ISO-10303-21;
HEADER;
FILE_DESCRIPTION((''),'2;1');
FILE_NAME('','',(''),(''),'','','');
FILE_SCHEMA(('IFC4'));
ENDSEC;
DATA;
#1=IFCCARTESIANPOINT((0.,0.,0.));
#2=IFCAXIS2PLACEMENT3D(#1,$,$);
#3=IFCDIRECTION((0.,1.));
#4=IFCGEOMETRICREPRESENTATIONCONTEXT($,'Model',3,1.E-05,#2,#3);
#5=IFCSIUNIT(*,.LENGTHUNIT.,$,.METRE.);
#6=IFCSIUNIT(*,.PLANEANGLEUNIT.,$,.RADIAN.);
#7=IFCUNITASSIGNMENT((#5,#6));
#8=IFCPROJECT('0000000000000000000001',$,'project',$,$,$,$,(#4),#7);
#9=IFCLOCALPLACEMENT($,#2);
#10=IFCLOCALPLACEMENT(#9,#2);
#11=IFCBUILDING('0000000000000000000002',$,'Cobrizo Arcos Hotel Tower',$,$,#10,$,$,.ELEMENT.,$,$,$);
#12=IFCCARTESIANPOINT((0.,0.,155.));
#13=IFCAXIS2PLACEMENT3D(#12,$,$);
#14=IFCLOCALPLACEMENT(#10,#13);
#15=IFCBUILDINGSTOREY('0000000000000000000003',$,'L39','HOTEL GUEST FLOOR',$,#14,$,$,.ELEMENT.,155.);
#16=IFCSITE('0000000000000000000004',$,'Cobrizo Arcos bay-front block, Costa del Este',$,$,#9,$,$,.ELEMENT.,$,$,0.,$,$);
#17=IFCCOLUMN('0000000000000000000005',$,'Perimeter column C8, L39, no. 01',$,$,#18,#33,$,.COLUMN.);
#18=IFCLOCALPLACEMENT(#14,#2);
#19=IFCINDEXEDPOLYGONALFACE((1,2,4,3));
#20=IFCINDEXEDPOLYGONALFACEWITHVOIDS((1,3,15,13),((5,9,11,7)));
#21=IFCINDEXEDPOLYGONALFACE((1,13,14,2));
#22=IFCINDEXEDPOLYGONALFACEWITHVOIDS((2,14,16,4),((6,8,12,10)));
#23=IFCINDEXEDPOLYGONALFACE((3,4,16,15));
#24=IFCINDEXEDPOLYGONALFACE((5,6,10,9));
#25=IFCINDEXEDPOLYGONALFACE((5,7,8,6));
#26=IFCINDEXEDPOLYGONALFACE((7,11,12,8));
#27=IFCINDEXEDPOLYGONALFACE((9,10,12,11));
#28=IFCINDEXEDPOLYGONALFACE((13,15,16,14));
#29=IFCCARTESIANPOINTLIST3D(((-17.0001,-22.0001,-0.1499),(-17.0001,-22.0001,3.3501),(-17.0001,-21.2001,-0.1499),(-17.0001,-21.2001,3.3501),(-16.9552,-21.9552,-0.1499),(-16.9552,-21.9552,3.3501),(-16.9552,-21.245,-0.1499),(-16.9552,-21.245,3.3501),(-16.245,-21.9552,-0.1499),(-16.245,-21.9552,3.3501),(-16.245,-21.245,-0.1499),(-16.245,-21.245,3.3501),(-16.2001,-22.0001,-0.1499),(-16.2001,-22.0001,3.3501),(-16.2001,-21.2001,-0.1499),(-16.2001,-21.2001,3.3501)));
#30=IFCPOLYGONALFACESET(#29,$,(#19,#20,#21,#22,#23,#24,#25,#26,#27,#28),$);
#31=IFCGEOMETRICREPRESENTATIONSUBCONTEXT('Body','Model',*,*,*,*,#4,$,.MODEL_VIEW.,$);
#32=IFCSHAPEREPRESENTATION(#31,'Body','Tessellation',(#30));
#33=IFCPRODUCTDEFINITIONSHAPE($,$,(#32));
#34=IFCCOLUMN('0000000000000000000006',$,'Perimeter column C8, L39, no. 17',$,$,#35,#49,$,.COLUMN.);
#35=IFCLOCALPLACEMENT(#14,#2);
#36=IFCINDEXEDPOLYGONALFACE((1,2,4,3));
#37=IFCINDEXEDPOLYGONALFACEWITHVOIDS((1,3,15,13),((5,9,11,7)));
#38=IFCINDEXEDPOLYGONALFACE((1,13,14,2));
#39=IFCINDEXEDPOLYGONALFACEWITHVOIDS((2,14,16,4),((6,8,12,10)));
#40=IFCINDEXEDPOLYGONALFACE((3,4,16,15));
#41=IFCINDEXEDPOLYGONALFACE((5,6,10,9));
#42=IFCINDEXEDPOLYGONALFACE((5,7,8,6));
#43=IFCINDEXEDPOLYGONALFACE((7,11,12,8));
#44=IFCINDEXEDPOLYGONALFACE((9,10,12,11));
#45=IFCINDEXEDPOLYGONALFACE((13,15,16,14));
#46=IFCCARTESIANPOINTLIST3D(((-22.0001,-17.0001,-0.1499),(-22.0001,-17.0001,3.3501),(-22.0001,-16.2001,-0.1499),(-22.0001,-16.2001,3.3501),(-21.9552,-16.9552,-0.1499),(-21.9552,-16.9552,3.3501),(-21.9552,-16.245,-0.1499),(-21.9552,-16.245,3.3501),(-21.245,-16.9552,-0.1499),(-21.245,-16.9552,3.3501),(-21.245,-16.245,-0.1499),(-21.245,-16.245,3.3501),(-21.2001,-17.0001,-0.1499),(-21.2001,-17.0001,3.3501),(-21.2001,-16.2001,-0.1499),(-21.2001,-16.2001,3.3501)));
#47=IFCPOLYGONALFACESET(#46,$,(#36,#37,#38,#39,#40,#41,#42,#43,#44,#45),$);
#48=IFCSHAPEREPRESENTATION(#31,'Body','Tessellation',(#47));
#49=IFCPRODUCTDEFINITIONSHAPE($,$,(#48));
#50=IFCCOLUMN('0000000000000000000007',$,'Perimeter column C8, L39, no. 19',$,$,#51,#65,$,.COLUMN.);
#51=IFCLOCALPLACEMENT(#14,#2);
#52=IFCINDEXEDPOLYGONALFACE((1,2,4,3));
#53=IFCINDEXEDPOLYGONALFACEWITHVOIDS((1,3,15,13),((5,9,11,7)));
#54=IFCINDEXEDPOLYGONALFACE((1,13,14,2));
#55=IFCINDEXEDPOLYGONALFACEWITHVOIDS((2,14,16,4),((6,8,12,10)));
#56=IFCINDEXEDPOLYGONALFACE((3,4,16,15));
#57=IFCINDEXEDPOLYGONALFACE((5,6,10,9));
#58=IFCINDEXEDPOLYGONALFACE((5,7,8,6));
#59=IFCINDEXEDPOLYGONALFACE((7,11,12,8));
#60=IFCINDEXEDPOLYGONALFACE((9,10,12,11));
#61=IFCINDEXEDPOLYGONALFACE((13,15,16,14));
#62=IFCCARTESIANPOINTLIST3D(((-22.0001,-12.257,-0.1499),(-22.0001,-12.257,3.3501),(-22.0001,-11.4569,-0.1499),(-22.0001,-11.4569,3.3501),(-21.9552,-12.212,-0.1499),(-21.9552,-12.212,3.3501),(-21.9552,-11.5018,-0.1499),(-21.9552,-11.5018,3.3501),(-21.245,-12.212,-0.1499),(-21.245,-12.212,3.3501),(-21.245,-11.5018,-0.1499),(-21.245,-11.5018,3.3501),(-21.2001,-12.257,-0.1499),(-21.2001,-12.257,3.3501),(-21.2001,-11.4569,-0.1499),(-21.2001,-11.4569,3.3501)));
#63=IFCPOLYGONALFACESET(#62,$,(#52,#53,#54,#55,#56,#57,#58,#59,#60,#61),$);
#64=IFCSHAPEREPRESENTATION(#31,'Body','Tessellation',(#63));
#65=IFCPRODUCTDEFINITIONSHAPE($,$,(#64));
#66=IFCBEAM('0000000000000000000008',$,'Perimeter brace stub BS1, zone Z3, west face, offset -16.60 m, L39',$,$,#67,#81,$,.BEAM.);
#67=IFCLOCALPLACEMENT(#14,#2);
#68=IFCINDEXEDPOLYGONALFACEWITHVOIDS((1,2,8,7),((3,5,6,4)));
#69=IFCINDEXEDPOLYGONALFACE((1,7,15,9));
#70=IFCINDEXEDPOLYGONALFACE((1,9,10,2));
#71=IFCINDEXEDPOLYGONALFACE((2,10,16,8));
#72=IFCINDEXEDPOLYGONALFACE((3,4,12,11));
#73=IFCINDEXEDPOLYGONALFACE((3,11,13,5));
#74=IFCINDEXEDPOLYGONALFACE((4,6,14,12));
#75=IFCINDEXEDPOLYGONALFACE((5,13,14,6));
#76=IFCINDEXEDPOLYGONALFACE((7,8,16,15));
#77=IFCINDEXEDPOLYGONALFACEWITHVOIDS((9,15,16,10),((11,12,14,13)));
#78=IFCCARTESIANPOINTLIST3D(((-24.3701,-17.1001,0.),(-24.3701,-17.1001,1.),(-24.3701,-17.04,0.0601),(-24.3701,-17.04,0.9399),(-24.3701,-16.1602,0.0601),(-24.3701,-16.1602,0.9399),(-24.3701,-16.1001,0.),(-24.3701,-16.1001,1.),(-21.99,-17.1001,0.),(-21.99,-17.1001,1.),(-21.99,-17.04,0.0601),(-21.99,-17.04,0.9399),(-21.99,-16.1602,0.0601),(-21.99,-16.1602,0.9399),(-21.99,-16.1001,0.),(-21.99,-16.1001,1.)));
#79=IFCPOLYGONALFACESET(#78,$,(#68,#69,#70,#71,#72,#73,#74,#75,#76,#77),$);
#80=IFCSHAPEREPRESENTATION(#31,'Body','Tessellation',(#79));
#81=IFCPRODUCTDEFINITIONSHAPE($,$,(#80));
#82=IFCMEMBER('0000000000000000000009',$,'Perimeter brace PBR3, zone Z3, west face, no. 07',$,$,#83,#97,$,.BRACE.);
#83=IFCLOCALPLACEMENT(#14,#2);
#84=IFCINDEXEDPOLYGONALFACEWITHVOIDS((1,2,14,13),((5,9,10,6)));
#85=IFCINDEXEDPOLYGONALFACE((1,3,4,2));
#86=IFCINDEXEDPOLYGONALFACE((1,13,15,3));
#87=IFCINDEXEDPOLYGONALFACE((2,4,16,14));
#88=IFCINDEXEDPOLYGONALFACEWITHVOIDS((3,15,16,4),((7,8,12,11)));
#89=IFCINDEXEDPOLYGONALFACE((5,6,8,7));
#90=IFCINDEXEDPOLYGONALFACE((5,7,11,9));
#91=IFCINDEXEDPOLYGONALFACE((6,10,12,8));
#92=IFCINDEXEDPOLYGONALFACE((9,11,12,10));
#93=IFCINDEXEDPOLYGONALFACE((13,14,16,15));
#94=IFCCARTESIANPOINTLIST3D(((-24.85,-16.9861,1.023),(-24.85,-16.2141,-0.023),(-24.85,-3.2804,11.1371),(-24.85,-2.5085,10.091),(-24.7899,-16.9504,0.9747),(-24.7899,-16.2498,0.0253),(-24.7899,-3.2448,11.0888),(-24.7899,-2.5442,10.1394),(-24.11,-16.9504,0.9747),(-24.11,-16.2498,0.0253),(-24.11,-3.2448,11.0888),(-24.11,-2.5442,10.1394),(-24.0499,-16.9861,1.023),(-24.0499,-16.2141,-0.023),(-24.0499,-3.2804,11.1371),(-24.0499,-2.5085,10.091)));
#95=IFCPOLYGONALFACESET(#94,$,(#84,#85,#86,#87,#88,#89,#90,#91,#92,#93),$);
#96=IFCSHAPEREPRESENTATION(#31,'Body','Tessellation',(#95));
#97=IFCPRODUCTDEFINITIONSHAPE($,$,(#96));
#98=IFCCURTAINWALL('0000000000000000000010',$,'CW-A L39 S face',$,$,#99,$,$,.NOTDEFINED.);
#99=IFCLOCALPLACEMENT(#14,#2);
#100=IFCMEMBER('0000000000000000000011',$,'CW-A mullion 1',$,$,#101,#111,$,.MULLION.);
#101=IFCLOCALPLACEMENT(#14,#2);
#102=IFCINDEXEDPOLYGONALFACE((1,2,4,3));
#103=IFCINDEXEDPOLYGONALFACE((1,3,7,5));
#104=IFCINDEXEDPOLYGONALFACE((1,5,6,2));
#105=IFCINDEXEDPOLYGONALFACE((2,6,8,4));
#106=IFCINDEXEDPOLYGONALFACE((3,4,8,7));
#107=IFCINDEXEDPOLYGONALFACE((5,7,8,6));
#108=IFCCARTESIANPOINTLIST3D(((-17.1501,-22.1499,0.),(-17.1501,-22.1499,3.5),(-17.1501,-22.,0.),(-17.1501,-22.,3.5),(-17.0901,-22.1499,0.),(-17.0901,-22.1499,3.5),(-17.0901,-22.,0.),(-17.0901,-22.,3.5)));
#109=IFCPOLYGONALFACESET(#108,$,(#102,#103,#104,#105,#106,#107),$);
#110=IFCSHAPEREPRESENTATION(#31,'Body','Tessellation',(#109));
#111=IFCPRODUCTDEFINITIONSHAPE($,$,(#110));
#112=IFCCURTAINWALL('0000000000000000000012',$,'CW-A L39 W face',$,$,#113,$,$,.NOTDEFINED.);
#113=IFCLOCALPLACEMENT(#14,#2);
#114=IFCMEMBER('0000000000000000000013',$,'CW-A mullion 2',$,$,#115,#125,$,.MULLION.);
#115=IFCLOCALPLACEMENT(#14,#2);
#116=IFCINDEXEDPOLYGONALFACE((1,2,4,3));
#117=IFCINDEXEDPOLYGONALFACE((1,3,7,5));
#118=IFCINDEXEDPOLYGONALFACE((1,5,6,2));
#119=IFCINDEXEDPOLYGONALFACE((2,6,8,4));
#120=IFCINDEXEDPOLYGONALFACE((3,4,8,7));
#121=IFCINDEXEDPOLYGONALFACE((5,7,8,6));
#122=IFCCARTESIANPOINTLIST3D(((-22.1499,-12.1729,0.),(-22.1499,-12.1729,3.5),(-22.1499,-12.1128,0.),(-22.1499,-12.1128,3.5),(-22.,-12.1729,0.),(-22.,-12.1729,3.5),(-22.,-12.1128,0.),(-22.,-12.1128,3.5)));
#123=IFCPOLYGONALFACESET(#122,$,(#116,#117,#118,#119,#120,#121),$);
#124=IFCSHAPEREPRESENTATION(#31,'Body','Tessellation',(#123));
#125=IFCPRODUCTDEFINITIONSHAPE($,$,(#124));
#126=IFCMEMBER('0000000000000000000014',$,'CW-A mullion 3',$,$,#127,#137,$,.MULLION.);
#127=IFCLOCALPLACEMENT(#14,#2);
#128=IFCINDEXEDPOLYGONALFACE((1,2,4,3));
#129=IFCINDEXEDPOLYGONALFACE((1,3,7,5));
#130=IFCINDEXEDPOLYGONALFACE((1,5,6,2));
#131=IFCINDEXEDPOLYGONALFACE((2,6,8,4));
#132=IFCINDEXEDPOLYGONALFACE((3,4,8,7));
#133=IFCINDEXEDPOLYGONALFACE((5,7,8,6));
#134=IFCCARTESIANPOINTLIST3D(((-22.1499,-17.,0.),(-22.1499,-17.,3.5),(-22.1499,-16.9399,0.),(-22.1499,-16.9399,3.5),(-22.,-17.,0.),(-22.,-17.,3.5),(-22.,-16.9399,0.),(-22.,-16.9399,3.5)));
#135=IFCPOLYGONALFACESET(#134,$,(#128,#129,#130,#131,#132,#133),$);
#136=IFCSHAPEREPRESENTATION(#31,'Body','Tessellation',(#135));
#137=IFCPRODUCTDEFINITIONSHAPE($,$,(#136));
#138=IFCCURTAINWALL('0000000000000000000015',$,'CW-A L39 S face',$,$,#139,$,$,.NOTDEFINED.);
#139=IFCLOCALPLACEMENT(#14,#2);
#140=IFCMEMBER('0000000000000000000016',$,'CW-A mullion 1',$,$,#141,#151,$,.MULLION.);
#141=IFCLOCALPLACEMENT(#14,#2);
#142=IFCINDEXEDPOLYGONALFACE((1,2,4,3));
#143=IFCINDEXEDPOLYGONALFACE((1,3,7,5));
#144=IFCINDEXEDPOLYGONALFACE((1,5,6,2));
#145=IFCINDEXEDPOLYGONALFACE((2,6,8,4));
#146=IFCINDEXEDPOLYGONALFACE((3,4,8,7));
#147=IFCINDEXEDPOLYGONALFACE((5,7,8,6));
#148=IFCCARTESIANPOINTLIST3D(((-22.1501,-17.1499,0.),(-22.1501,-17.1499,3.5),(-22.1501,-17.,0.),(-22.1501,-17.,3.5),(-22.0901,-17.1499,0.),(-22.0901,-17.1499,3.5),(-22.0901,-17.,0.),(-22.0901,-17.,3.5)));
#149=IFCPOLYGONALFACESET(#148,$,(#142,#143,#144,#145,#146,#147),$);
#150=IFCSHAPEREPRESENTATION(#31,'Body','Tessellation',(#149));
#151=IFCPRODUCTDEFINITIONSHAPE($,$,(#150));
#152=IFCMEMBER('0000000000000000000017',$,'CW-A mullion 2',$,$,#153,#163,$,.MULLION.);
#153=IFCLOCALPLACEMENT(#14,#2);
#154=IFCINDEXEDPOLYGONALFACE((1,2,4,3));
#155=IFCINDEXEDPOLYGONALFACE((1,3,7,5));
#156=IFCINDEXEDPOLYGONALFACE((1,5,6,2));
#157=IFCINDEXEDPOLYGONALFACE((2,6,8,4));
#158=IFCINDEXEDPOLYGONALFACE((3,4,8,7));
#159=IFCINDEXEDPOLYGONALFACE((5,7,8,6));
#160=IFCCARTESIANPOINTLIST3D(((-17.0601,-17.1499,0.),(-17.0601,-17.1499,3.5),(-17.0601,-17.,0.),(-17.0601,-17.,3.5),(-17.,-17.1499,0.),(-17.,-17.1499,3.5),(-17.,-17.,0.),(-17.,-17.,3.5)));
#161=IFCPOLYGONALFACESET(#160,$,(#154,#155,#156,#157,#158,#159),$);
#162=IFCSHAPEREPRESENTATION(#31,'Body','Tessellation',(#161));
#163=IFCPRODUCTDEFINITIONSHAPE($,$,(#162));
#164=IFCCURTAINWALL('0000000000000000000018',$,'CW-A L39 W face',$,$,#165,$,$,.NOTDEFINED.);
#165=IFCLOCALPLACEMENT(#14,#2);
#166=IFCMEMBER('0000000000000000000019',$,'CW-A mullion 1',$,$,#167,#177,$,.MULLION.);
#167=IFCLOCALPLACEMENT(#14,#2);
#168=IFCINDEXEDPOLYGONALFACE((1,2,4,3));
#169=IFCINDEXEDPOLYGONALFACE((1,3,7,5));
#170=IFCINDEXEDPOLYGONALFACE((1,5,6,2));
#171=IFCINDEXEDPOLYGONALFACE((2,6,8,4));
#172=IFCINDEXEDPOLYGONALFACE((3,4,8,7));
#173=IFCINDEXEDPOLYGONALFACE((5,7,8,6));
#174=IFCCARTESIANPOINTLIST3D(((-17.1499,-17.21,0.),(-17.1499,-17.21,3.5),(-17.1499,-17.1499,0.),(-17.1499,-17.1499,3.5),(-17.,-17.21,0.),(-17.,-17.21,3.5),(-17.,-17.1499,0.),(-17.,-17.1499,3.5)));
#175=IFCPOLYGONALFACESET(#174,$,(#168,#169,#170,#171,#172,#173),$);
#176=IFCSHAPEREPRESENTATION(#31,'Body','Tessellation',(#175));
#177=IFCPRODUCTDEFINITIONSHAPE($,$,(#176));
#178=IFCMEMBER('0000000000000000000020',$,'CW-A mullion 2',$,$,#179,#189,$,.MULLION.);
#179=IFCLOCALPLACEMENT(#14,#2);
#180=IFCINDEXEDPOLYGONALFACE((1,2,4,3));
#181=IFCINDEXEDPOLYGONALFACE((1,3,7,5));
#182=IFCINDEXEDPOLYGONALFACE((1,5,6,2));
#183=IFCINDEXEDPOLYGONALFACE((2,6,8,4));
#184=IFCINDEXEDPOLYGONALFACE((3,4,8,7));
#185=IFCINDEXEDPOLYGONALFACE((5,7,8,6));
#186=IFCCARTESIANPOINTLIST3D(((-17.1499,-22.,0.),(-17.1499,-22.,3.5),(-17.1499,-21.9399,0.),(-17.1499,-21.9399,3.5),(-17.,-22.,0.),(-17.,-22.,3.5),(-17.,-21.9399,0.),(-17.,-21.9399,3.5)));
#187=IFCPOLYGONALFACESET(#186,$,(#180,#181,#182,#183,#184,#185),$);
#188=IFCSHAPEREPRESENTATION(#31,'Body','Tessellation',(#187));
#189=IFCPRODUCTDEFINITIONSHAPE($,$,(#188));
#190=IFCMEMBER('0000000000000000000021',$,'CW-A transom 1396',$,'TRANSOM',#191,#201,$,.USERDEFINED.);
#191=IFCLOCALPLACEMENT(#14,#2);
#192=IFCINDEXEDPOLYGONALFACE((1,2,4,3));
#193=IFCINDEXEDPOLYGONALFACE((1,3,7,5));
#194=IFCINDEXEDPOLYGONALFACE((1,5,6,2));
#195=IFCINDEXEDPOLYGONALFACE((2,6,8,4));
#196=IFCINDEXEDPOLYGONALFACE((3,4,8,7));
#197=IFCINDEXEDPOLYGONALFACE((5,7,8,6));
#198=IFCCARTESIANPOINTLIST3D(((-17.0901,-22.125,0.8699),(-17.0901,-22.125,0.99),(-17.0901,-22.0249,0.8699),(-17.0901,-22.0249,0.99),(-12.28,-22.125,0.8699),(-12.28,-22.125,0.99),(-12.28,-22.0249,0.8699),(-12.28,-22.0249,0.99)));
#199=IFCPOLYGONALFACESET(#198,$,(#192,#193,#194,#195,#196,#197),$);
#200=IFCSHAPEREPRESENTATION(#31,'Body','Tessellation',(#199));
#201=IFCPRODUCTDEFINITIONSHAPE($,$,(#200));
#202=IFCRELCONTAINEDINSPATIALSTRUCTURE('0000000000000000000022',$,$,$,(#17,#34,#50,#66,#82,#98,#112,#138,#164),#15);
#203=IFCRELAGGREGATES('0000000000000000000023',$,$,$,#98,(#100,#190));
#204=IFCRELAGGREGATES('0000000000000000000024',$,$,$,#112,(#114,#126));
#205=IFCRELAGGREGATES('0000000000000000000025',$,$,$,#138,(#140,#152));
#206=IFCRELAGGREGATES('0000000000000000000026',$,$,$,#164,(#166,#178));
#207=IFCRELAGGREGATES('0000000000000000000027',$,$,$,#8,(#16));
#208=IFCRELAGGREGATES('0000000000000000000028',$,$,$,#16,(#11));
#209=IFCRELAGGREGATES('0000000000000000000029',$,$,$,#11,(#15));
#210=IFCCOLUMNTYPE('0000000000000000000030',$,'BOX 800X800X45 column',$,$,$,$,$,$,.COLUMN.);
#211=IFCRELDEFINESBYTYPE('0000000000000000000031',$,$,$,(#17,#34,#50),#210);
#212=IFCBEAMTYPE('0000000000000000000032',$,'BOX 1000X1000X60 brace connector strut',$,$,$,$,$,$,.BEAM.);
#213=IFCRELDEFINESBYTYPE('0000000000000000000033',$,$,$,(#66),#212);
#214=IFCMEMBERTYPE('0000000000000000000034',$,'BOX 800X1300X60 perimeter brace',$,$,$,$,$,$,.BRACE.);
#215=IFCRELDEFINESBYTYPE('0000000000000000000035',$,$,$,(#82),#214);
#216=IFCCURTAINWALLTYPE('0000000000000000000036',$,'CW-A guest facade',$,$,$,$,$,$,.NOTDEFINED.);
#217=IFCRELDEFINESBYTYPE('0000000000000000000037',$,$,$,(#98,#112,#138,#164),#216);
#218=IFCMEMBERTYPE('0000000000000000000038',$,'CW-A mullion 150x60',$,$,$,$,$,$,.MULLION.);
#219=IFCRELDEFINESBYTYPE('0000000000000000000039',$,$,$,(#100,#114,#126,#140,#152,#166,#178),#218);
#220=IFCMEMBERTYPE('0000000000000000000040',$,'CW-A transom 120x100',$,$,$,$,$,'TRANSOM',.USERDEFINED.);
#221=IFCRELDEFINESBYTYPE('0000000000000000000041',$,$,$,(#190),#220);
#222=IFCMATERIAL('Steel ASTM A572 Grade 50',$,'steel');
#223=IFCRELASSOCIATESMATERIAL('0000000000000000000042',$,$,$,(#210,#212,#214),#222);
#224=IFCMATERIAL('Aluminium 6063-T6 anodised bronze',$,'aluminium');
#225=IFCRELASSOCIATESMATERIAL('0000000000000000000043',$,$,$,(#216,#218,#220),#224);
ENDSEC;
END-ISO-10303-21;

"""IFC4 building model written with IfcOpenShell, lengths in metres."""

from ifc_helpers import new_model, si_unit, direction, frame, origin, origin_2d, place, context, subcontext, project, spatial, rectangle, hollow_rectangle, extrude, material, material_profile, profile_set, type_object, element, aggregate, save


model = new_model("IFC4")

# Units and contexts
model_context = context("Model", 3, precision=1e-05, world=origin(), true_north=direction((0.0, 1.0)))
body_context = subcontext(model_context, "Body", "Model", "MODEL_VIEW")
ifc_project = project(units=[si_unit("LENGTHUNIT", "METRE"), si_unit("PLANEANGLEUNIT", "RADIAN")], contexts=[model_context])

# Site, building, storey
site_placement = place(None, origin())
site = spatial("IfcSite", under=ifc_project, at=site_placement, Name="Cobrizo Arcos bay-front block, Costa del Este", CompositionType="ELEMENT", RefElevation=0.0)
building_placement = place(site_placement, origin())
building = spatial("IfcBuilding", under=site, at=building_placement, Name="Cobrizo Arcos Hotel Tower", CompositionType="ELEMENT")
storey_placement = place(building_placement, frame((0.0, 0.0, 155.0)))
storey = spatial("IfcBuildingStorey", under=building, at=storey_placement, Name="L39", Description="HOTEL GUEST FLOOR", CompositionType="ELEMENT", Elevation=155.0)

# Columns
ifc_material_1 = material(Name="Steel ASTM A572 Grade 50", Category="steel")
ifc_material_profile_1 = material_profile(ifc_material_1, hollow_rectangle(XDim=0.8, YDim=0.8, WallThickness=0.0449, at=origin_2d()), Name="BOX 800X800X45")
ifc_profile_set_1 = profile_set([ifc_material_profile_1], Name="Steel ASTM A572 Grade 50")
column_type = type_object("IfcColumnType", Name="BOX 800X800X45 column", PredefinedType="COLUMN", material=ifc_profile_set_1)
for number, where, z_axis, x_axis, name in (
    (1, (-16.6001, -21.6001, -0.1499), (0.0, 0.0, 1.0), (1.0, 0.0, 0.0), "Perimeter column C8, L39, no. 01"),
    (2, (-21.6001, -16.6001, -0.1499), (0.0, 0.0, 1.0), (1.0, 0.0, 0.0), "Perimeter column C8, L39, no. 17"),
    (3, (-21.6001, -11.8569, -0.1499), (0.0, 0.0, 1.0), (1.0, 0.0, 0.0), "Perimeter column C8, L39, no. 19"),
):
    element("IfcColumn", number, at=place(storey_placement, frame(where, z_axis=z_axis, x_axis=x_axis)), inside=storey, type_object=column_type, Name=name, PredefinedType="COLUMN", context=body_context, shape_type="SweptSolid", body=[
        extrude(hollow_rectangle(XDim=0.8, YDim=0.8, WallThickness=0.0449, at=origin_2d()), origin(), (0.0, 0.0, 1.0), 3.5),
    ])

# Beam
ifc_material_profile_2 = material_profile(ifc_material_1, hollow_rectangle(XDim=1.0, YDim=1.0, WallThickness=0.0601, at=origin_2d()), Name="BOX 1000X1000X60")
ifc_profile_set_2 = profile_set([ifc_material_profile_2], Name="Steel ASTM A572 Grade 50")
beam_type_1 = type_object("IfcBeamType", Name="BOX 1000X1000X60 brace connector strut", PredefinedType="BEAM", material=ifc_profile_set_2)
beam_1_placement = place(storey_placement, frame((-21.99, -16.6001, 0.5), z_axis=(-1.0, 0.0, 0.0), x_axis=(0.0, -1.0, 0.0)))
element("IfcBeam", 4, at=beam_1_placement, inside=storey, type_object=beam_type_1, Name="Perimeter brace stub BS1, zone Z3, west face, offset -16.60 m, L39", PredefinedType="BEAM", context=body_context, shape_type="SweptSolid", body=[
    extrude(hollow_rectangle(XDim=1.0, YDim=1.0, WallThickness=0.0601, at=origin_2d()), origin(), (0.0, 0.0, 1.0), 2.3801),
])

# Member
ifc_material_profile_3 = material_profile(ifc_material_1, hollow_rectangle(XDim=0.8, YDim=1.3, WallThickness=0.0601, at=origin_2d()), Name="BOX 800X1300X60")
ifc_profile_set_3 = profile_set([ifc_material_profile_3], Name="Steel ASTM A572 Grade 50")
member_type_1 = type_object("IfcMemberType", Name="BOX 800X1300X60 perimeter brace", PredefinedType="BRACE", material=ifc_profile_set_3)
member_1_placement = place(storey_placement, frame((-24.45, -16.6001, 0.5), z_axis=(0.0, 0.80463, 0.593776), x_axis=(-1.0, 0.0, 0.0)))
element("IfcMember", 5, at=member_1_placement, inside=storey, type_object=member_type_1, Name="Perimeter brace PBR3, zone Z3, west face, no. 07", PredefinedType="BRACE", context=body_context, shape_type="SweptSolid", body=[
    extrude(hollow_rectangle(XDim=0.8, YDim=1.3, WallThickness=0.0601, at=origin_2d()), origin(), (0.0, 0.0, 1.0), 17.0334),
])

# Curtain wall, member
ifc_material_2 = material(Name="Aluminium 6063-T6 anodised bronze", Category="aluminium")
curtain_wall_type = type_object("IfcCurtainWallType", Name="CW-A guest facade", PredefinedType="NOTDEFINED", material=ifc_material_2)
curtain_wall_1_placement = place(storey_placement, origin())
curtain_wall_1 = element("IfcCurtainWall", 6, at=curtain_wall_1_placement, inside=storey, type_object=curtain_wall_type, Name="CW-A L39 S face", PredefinedType="NOTDEFINED")
ifc_material_profile_4 = material_profile(ifc_material_2, rectangle(XDim=0.1499, YDim=0.0601, at=origin_2d()), Name="CW-A mullion 150x60")
ifc_profile_set_4 = profile_set([ifc_material_profile_4], Name="Aluminium 6063-T6 anodised bronze")
member_type_2 = type_object("IfcMemberType", Name="CW-A mullion 150x60", PredefinedType="MULLION", material=ifc_profile_set_4)
member_2_placement = place(storey_placement, frame((-17.1201, -22.075, 0.0), z_axis=(0.0, 0.0, 1.0), x_axis=(0.0, -1.0, 0.0)))
member_2 = element("IfcMember", 7, at=member_2_placement, type_object=member_type_2, Name="CW-A mullion 1", PredefinedType="MULLION", context=body_context, shape_type="SweptSolid", body=[
    extrude(rectangle(XDim=0.1499, YDim=0.0601, at=origin_2d()), origin(), (0.0, 0.0, 1.0), 3.5),
])

# Curtain walls, members
curtain_wall_2_placement = place(storey_placement, origin())
curtain_wall_2 = element("IfcCurtainWall", 8, at=curtain_wall_2_placement, inside=storey, type_object=curtain_wall_type, Name="CW-A L39 W face", PredefinedType="NOTDEFINED")
member_3_placement = place(storey_placement, frame((-22.075, -12.1428, 0.0), z_axis=(0.0, 0.0, 1.0), x_axis=(-1.0, 0.0, 0.0)))
member_3 = element("IfcMember", 9, at=member_3_placement, type_object=member_type_2, Name="CW-A mullion 2", PredefinedType="MULLION", context=body_context, shape_type="SweptSolid", body=[
    extrude(rectangle(XDim=0.1499, YDim=0.0601, at=origin_2d()), origin(), (0.0, 0.0, 1.0), 3.5),
])
member_4_placement = place(storey_placement, frame((-22.075, -16.97, 0.0), z_axis=(0.0, 0.0, 1.0), x_axis=(-1.0, 0.0, 0.0)))
member_4 = element("IfcMember", 10, at=member_4_placement, type_object=member_type_2, Name="CW-A mullion 3", PredefinedType="MULLION", context=body_context, shape_type="SweptSolid", body=[
    extrude(rectangle(XDim=0.1499, YDim=0.0601, at=origin_2d()), origin(), (0.0, 0.0, 1.0), 3.5),
])
curtain_wall_3_placement = place(storey_placement, origin())
curtain_wall_3 = element("IfcCurtainWall", 11, at=curtain_wall_3_placement, inside=storey, type_object=curtain_wall_type, Name="CW-A L39 S face", PredefinedType="NOTDEFINED")
member_5_placement = place(storey_placement, frame((-22.1201, -17.075, 0.0), z_axis=(0.0, 0.0, 1.0), x_axis=(0.0, -1.0, 0.0)))
member_5 = element("IfcMember", 12, at=member_5_placement, type_object=member_type_2, Name="CW-A mullion 1", PredefinedType="MULLION", context=body_context, shape_type="SweptSolid", body=[
    extrude(rectangle(XDim=0.1499, YDim=0.0601, at=origin_2d()), origin(), (0.0, 0.0, 1.0), 3.5),
])
member_6_placement = place(storey_placement, frame((-17.03, -17.075, 0.0), z_axis=(0.0, 0.0, 1.0), x_axis=(0.0, -1.0, 0.0)))
member_6 = element("IfcMember", 13, at=member_6_placement, type_object=member_type_2, Name="CW-A mullion 2", PredefinedType="MULLION", context=body_context, shape_type="SweptSolid", body=[
    extrude(rectangle(XDim=0.1499, YDim=0.0601, at=origin_2d()), origin(), (0.0, 0.0, 1.0), 3.5),
])
curtain_wall_4_placement = place(storey_placement, origin())
curtain_wall_4 = element("IfcCurtainWall", 14, at=curtain_wall_4_placement, inside=storey, type_object=curtain_wall_type, Name="CW-A L39 W face", PredefinedType="NOTDEFINED")
member_7_placement = place(storey_placement, frame((-17.075, -17.1799, 0.0), z_axis=(0.0, 0.0, 1.0), x_axis=(-1.0, 0.0, 0.0)))
member_7 = element("IfcMember", 15, at=member_7_placement, type_object=member_type_2, Name="CW-A mullion 1", PredefinedType="MULLION", context=body_context, shape_type="SweptSolid", body=[
    extrude(rectangle(XDim=0.1499, YDim=0.0601, at=origin_2d()), origin(), (0.0, 0.0, 1.0), 3.5),
])
member_8_placement = place(storey_placement, frame((-17.075, -21.97, 0.0), z_axis=(0.0, 0.0, 1.0), x_axis=(-1.0, 0.0, 0.0)))
member_8 = element("IfcMember", 16, at=member_8_placement, type_object=member_type_2, Name="CW-A mullion 2", PredefinedType="MULLION", context=body_context, shape_type="SweptSolid", body=[
    extrude(rectangle(XDim=0.1499, YDim=0.0601, at=origin_2d()), origin(), (0.0, 0.0, 1.0), 3.5),
])

# Member
ifc_material_profile_5 = material_profile(ifc_material_2, rectangle(XDim=0.1001, YDim=0.1201, at=origin_2d()), Name="CW-A transom 120x100")
ifc_profile_set_5 = profile_set([ifc_material_profile_5], Name="Aluminium 6063-T6 anodised bronze")
member_type_3 = type_object("IfcMemberType", Name="CW-A transom 120x100", ElementType="TRANSOM", PredefinedType="USERDEFINED", material=ifc_profile_set_5)
member_9_placement = place(storey_placement, frame((-17.0901, -22.075, 0.9299), z_axis=(1.0, 0.0, 0.0), x_axis=(0.0, 1.0, 0.0)))
member_9 = element("IfcMember", 17, at=member_9_placement, type_object=member_type_3, Name="CW-A transom 1396", ObjectType="TRANSOM", PredefinedType="USERDEFINED", context=body_context, shape_type="SweptSolid", body=[
    extrude(rectangle(XDim=0.1001, YDim=0.1201, at=origin_2d()), origin(), (0.0, 0.0, 1.0), 4.8101),
])
aggregate(curtain_wall_1, [member_2, member_9])

aggregate(curtain_wall_2, [member_3, member_4])
aggregate(curtain_wall_3, [member_5, member_6])
aggregate(curtain_wall_4, [member_7, member_8])

save(model, "model.ifc")
